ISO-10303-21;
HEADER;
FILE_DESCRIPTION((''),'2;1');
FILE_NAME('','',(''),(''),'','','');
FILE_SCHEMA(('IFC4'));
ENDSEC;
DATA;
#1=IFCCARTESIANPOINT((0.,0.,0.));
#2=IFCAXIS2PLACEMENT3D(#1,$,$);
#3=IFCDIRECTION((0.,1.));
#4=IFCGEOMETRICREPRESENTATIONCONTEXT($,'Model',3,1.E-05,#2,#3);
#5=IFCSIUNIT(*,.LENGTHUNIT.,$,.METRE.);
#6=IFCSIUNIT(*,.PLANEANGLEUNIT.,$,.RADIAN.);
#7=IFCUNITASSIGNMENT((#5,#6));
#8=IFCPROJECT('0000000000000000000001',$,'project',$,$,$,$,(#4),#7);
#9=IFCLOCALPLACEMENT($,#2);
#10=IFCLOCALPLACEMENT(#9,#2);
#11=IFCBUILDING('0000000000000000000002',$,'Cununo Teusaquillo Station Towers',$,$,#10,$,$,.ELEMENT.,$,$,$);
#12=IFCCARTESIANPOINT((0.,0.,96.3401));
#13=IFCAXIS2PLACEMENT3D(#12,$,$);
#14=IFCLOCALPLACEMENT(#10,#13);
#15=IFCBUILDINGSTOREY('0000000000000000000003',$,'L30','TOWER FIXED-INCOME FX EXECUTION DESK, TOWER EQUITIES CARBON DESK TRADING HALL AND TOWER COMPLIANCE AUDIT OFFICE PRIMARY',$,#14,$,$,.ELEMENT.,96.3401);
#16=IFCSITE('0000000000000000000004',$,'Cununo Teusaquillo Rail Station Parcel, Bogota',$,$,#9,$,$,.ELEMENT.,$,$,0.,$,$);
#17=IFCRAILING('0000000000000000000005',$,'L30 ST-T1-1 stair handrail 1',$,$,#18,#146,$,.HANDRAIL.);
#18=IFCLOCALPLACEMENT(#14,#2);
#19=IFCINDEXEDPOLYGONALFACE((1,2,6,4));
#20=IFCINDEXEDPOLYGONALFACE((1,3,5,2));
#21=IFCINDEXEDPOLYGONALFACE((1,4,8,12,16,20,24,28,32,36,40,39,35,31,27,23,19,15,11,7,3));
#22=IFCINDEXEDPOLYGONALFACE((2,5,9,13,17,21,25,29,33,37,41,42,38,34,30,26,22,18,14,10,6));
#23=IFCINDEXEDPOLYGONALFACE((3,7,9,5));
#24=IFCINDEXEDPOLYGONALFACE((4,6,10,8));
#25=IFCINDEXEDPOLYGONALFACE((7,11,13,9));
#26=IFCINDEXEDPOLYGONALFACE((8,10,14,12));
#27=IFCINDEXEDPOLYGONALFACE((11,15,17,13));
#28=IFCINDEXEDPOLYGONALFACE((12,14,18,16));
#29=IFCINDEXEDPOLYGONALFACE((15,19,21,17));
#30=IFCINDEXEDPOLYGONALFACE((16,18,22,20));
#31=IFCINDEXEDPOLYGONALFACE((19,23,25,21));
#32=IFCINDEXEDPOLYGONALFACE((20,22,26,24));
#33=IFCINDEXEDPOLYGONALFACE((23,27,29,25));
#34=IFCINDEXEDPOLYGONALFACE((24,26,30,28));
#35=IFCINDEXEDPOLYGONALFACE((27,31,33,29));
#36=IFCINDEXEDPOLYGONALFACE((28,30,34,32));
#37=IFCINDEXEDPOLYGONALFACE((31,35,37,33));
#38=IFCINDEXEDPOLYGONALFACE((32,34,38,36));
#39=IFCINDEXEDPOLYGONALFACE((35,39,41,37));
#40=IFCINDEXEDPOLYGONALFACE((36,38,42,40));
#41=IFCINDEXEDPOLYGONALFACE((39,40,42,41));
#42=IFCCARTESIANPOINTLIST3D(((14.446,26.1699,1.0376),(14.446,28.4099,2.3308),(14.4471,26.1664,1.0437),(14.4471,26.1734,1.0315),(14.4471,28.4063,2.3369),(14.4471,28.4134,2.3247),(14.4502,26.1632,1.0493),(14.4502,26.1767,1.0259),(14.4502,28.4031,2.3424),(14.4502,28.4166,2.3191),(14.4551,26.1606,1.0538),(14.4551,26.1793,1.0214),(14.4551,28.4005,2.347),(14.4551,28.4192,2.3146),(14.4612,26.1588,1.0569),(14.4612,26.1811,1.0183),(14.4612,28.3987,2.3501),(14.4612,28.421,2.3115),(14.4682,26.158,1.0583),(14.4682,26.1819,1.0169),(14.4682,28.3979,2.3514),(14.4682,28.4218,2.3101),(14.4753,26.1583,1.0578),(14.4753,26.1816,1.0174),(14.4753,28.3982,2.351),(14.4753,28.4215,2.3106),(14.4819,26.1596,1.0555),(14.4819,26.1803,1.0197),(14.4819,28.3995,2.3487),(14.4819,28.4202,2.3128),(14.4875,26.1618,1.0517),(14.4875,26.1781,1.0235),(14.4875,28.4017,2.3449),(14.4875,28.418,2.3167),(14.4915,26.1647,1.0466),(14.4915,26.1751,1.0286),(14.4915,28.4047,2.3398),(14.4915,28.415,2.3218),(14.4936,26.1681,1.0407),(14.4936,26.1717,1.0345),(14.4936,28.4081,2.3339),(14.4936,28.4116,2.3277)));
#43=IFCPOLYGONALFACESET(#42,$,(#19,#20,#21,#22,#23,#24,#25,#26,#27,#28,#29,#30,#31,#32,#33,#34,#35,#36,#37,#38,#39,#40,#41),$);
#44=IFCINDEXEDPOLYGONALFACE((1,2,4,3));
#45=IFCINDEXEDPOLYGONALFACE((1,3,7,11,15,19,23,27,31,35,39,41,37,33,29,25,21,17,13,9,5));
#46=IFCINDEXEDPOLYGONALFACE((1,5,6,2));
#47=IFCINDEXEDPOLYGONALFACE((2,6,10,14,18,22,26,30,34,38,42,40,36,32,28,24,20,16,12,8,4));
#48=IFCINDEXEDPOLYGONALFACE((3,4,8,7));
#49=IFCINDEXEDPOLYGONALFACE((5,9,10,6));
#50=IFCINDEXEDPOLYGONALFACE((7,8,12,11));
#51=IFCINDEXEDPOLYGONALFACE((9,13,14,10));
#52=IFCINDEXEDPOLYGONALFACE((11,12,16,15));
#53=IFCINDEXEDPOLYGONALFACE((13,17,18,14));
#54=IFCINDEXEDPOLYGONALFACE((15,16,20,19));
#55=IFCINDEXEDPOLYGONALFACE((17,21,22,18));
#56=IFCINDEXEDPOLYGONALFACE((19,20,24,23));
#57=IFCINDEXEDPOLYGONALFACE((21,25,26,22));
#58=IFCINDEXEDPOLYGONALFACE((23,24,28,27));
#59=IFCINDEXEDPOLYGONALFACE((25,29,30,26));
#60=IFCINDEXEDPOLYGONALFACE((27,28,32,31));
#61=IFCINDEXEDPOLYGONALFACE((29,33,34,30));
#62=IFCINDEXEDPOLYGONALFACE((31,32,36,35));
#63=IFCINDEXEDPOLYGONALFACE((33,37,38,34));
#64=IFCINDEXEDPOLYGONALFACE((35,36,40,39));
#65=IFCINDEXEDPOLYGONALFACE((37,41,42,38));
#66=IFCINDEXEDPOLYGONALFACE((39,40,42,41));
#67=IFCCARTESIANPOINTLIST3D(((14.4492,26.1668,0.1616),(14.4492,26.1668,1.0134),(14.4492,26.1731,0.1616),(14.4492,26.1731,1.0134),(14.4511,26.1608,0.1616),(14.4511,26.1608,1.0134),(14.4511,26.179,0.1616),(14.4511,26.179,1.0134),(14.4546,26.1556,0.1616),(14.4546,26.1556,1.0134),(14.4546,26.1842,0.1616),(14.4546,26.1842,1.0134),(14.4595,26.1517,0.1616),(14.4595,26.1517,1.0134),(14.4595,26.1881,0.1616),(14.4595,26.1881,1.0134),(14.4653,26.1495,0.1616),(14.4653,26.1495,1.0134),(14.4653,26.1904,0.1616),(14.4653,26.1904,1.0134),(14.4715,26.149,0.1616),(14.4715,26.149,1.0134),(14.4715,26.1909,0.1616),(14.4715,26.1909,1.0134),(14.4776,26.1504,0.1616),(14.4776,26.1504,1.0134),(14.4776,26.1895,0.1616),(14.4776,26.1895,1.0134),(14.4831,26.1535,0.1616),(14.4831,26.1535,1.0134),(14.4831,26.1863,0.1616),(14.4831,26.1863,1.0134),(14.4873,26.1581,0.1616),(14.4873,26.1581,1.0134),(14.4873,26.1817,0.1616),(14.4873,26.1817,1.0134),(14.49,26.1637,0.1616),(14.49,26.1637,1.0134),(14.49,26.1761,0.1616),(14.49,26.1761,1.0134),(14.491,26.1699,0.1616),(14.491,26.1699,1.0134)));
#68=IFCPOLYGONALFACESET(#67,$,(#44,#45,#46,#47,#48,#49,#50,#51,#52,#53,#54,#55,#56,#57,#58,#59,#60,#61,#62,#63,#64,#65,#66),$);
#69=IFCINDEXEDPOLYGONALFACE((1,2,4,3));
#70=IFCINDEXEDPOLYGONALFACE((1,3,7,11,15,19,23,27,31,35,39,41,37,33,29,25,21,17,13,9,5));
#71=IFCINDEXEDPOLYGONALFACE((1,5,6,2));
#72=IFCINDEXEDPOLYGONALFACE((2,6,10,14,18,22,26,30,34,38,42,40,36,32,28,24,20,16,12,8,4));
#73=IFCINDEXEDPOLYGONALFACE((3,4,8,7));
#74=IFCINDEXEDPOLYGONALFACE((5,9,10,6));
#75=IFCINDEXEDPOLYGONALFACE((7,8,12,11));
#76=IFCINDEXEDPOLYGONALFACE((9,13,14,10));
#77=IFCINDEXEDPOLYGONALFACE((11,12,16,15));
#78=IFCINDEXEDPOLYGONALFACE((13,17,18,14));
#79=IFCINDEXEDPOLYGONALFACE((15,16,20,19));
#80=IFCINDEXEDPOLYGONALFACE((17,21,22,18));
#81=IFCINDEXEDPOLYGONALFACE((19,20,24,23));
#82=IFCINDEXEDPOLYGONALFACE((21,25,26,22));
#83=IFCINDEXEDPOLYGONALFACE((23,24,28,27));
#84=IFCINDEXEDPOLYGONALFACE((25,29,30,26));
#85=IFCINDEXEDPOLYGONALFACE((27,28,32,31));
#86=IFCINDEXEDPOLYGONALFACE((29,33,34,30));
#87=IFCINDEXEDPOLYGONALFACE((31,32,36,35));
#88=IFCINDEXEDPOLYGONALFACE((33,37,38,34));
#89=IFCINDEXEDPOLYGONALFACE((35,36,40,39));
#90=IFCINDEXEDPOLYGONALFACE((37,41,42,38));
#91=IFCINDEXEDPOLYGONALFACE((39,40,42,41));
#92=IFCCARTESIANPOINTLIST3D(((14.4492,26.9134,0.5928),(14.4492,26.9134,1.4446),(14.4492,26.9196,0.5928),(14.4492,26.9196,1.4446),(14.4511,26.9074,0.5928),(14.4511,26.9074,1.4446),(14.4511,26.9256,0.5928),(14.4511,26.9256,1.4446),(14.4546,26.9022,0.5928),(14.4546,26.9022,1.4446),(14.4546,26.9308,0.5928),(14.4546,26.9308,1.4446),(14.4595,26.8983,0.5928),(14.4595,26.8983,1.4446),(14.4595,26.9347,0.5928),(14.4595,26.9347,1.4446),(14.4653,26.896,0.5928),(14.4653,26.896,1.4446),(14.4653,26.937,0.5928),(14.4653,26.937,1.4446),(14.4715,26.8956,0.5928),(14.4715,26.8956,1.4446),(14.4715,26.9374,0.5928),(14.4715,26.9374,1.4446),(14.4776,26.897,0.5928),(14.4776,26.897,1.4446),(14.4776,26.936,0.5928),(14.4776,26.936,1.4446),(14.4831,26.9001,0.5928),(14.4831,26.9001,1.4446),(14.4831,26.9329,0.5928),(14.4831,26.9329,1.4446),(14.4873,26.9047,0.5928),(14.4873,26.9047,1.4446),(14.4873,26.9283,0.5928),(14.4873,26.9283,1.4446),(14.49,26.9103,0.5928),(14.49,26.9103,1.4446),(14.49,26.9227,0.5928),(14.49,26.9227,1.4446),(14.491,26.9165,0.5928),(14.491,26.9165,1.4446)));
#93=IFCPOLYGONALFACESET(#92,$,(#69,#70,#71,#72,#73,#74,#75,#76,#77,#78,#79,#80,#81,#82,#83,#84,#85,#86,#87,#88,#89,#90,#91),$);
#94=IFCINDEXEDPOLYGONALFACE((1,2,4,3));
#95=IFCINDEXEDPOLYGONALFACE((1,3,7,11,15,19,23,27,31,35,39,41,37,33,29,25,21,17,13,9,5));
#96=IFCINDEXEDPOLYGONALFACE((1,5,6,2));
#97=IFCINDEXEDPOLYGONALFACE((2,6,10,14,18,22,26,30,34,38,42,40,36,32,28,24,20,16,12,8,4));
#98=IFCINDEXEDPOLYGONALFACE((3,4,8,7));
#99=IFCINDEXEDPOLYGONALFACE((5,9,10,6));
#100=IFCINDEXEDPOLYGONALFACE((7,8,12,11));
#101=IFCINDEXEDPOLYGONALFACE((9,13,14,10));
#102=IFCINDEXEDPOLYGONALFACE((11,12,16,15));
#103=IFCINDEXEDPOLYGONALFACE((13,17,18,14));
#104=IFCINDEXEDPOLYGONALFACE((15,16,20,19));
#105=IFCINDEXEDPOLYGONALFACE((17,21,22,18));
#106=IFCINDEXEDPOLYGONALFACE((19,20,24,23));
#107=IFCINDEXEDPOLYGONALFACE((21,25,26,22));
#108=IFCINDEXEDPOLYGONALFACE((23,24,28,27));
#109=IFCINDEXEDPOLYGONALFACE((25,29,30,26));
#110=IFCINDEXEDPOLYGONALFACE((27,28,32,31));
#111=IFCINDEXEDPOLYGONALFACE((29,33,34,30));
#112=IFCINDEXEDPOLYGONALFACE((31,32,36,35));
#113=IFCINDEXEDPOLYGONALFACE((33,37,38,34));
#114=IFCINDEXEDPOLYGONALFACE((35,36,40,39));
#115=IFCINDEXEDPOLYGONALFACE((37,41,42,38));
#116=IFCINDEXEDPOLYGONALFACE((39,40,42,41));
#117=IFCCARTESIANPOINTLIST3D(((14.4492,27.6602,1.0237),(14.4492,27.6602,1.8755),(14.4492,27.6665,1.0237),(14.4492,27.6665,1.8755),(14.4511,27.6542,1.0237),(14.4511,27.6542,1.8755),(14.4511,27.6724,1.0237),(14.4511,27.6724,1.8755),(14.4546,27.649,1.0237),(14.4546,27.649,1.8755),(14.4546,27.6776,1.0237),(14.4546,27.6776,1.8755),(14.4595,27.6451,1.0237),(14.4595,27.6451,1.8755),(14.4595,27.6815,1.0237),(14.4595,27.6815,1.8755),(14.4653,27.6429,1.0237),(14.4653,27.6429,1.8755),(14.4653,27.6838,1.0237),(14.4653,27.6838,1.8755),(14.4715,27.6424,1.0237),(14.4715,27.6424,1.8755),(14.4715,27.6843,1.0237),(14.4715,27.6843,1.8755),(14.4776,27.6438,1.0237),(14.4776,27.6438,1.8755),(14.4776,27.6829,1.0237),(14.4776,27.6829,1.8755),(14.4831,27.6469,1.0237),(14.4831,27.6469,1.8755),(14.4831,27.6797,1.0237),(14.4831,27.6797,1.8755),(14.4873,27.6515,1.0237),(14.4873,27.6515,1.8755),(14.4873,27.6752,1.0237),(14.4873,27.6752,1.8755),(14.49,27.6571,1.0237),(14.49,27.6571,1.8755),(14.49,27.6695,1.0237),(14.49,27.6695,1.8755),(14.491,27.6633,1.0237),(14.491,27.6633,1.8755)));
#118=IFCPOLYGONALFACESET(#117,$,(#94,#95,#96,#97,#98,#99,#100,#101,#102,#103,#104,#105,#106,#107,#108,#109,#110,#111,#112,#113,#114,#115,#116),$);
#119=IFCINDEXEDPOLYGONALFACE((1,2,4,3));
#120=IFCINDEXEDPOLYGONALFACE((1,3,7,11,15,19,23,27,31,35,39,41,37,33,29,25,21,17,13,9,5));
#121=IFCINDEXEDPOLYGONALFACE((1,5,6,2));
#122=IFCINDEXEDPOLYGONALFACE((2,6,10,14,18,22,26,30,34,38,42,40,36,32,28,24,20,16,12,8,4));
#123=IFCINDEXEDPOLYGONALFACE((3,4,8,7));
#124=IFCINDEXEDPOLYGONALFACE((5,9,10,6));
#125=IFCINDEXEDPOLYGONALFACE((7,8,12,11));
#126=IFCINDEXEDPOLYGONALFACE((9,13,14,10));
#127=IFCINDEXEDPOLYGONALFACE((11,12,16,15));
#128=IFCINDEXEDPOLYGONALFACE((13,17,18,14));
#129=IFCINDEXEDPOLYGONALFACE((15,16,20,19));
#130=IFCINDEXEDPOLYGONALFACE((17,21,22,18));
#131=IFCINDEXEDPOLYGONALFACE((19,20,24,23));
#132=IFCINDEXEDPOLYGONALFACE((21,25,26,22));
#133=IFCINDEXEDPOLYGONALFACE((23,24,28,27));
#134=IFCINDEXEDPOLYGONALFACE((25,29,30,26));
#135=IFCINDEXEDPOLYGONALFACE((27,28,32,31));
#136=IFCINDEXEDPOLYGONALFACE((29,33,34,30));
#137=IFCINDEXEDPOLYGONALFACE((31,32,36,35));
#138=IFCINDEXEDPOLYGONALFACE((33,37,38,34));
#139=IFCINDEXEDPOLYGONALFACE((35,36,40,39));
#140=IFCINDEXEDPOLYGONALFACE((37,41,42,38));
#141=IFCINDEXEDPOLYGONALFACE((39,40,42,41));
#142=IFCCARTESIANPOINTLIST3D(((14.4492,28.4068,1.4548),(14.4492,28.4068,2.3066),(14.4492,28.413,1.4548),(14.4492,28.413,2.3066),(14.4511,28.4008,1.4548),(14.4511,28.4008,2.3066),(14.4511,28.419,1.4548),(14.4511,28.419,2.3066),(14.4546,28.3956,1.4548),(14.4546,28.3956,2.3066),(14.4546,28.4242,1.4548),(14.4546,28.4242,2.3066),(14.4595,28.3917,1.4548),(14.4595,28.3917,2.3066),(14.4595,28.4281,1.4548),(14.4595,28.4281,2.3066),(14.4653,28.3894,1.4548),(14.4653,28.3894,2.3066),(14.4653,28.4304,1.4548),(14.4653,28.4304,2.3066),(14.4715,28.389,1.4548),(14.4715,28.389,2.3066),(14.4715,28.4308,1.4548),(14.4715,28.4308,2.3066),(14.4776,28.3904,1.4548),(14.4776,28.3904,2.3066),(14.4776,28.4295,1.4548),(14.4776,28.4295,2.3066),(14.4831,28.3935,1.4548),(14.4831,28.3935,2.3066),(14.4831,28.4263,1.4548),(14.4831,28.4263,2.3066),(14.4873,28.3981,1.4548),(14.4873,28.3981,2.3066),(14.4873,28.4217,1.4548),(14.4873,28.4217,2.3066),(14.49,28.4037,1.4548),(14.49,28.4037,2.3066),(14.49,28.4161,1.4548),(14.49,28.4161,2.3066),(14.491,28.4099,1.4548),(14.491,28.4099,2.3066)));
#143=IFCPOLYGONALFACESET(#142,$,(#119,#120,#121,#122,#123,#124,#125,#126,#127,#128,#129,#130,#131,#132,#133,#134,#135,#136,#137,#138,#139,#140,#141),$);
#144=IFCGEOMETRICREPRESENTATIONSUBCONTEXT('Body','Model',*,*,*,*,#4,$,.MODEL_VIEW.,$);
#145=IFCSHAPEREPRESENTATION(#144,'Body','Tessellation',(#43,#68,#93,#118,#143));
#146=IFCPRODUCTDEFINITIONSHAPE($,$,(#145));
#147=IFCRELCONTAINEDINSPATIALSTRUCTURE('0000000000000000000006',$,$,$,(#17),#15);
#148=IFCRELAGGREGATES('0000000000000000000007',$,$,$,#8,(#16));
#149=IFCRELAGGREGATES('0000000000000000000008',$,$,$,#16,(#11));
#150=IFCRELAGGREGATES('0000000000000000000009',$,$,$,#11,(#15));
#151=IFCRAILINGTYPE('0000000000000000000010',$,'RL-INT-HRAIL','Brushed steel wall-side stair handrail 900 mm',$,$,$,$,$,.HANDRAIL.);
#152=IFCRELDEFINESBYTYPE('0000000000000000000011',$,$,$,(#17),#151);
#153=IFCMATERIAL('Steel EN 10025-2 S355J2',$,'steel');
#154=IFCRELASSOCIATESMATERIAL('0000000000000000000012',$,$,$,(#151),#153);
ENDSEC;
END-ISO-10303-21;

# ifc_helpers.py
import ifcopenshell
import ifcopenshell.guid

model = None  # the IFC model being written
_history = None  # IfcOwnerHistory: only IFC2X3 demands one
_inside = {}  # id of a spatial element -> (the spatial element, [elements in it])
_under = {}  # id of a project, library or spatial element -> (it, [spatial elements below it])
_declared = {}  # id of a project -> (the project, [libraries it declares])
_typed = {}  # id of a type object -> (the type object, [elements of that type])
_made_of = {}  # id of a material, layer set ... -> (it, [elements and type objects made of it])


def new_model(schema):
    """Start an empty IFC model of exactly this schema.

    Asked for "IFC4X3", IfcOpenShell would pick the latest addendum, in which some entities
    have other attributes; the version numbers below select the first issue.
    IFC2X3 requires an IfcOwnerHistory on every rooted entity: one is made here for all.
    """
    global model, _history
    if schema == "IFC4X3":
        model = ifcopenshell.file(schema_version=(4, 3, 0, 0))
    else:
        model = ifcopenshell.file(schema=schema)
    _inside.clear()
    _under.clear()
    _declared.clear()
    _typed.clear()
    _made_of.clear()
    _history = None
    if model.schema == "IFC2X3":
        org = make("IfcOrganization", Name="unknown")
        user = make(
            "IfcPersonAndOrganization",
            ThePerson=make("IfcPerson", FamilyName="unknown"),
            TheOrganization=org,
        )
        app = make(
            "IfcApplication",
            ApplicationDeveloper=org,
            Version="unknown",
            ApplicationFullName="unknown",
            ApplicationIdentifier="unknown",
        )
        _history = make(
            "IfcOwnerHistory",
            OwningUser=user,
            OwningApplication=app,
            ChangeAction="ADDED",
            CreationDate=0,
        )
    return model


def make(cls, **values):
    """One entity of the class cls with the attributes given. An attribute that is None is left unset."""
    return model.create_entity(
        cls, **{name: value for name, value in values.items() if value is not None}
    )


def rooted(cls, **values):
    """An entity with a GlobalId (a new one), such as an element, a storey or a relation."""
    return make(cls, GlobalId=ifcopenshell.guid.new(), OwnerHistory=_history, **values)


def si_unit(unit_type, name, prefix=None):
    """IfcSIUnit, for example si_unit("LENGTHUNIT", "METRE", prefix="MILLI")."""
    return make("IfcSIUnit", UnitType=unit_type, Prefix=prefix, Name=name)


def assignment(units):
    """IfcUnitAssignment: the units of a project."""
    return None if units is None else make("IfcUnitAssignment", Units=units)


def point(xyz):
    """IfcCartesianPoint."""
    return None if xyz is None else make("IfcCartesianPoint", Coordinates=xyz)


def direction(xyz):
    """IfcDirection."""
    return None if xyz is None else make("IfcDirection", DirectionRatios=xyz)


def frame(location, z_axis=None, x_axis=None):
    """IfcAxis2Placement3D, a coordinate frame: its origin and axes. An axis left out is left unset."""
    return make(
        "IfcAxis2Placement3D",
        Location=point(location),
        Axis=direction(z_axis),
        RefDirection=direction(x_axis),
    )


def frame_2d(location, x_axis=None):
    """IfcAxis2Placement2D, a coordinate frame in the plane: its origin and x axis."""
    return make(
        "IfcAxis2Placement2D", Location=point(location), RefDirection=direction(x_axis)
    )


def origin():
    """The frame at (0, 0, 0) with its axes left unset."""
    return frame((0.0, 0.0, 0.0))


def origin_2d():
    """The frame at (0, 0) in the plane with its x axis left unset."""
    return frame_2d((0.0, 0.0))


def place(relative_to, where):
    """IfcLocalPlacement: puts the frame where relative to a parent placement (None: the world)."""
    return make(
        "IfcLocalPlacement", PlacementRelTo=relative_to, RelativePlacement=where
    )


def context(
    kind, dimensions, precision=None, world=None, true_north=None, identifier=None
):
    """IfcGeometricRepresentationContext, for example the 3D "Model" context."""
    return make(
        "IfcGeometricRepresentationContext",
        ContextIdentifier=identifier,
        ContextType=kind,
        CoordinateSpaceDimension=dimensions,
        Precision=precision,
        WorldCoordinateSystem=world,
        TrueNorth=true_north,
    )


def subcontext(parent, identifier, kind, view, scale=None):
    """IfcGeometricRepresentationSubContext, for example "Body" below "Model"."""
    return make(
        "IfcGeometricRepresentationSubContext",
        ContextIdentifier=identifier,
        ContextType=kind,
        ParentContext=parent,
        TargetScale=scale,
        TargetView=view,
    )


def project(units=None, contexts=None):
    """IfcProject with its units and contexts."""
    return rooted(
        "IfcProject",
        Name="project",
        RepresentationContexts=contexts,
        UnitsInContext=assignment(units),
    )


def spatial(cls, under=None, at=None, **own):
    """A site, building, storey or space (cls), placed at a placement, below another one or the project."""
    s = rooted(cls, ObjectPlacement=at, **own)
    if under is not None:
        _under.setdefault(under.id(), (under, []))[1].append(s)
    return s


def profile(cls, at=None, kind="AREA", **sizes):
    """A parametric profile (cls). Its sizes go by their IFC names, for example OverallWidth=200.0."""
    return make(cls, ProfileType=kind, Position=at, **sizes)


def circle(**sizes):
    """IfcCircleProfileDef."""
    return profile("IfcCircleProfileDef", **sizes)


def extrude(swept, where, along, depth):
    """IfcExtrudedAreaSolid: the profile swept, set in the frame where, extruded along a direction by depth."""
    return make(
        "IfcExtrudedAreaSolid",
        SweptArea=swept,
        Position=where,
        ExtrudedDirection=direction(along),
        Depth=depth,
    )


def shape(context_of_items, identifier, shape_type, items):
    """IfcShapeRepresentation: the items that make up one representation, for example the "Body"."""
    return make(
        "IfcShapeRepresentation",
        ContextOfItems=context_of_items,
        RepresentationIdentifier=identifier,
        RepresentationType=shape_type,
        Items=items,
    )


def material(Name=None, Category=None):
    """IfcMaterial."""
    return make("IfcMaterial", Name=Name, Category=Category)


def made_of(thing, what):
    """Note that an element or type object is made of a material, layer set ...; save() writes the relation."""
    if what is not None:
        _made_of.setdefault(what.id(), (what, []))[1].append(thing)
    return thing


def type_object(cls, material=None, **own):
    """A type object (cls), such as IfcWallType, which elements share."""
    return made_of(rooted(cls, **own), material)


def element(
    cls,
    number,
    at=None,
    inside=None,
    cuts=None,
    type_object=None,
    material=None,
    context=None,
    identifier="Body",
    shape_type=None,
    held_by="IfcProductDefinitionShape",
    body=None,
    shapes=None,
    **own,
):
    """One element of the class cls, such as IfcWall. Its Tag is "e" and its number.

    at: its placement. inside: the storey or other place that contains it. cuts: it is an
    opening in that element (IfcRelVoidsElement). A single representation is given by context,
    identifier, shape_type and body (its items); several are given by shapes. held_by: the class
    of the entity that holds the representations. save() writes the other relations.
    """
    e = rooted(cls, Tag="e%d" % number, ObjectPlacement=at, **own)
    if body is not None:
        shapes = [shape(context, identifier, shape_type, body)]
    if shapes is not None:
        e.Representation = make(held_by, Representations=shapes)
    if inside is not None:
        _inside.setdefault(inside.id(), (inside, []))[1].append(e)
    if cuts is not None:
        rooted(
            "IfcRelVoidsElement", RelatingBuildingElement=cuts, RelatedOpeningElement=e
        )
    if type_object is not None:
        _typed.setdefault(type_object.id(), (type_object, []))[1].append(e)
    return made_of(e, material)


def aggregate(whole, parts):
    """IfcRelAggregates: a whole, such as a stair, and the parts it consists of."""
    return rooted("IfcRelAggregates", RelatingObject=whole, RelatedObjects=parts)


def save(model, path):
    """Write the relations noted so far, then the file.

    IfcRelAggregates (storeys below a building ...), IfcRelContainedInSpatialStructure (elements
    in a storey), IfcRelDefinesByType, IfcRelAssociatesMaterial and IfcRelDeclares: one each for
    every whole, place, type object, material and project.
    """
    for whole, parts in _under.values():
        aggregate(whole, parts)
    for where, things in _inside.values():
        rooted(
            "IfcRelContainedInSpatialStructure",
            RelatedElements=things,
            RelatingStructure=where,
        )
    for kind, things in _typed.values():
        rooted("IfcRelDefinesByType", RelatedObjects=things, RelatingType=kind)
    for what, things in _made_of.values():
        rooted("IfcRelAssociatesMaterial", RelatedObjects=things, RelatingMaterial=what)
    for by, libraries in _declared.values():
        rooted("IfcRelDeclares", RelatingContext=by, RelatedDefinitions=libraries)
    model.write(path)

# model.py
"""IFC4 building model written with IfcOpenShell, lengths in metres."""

from ifc_helpers import new_model, si_unit, direction, frame, origin, origin_2d, place, context, subcontext, project, spatial, circle, extrude, material, type_object, element, save


model = new_model("IFC4")

# Units and contexts
model_context = context("Model", 3, precision=1e-05, world=origin(), true_north=direction((0.0, 1.0)))
body_context = subcontext(model_context, "Body", "Model", "MODEL_VIEW")
ifc_project = project(units=[si_unit("LENGTHUNIT", "METRE"), si_unit("PLANEANGLEUNIT", "RADIAN")], contexts=[model_context])

# Site, building, storey
site_placement = place(None, origin())
site = spatial("IfcSite", under=ifc_project, at=site_placement, Name="Cununo Teusaquillo Rail Station Parcel, Bogota", CompositionType="ELEMENT", RefElevation=0.0)
building_placement = place(site_placement, origin())
building = spatial("IfcBuilding", under=site, at=building_placement, Name="Cununo Teusaquillo Station Towers", CompositionType="ELEMENT")
storey_placement = place(building_placement, frame((0.0, 0.0, 96.3401)))
storey = spatial("IfcBuildingStorey", under=building, at=storey_placement, Name="L30", Description="TOWER FIXED-INCOME FX EXECUTION DESK, TOWER EQUITIES CARBON DESK TRADING HALL AND TOWER COMPLIANCE AUDIT OFFICE PRIMARY", CompositionType="ELEMENT", Elevation=96.3401)

# Railing
ifc_material_1 = material(Name="Steel EN 10025-2 S355J2", Category="steel")
railing_type_1 = type_object("IfcRailingType", Name="RL-INT-HRAIL", Description="Brushed steel wall-side stair handrail 900 mm", PredefinedType="HANDRAIL", material=ifc_material_1)
railing_1_placement = place(storey_placement, frame((14.47, 26.1699, 0.1616)))
element("IfcRailing", 1, at=railing_1_placement, inside=storey, type_object=railing_type_1, Name="L30 ST-T1-1 stair handrail 1", PredefinedType="HANDRAIL", context=body_context, shape_type="SweptSolid", body=[
    extrude(circle(Radius=0.0239, at=origin_2d()), frame((0.0, 0.0, 0.876), z_axis=(0.0, 0.866033, 0.499987), x_axis=(-1.0, 0.0, 0.0)), (0.0, 0.0, 1.0), 2.5864),
    extrude(circle(Radius=0.021, at=origin_2d()), origin(), (0.0, 0.0, 1.0), 0.8518),
    extrude(circle(Radius=0.021, at=origin_2d()), frame((0.0, 0.7466, 0.4312)), (0.0, 0.0, 1.0), 0.8518),
    extrude(circle(Radius=0.021, at=origin_2d()), frame((0.0, 1.4934, 0.8621)), (0.0, 0.0, 1.0), 0.8518),
    extrude(circle(Radius=0.021, at=origin_2d()), frame((0.0, 2.24, 1.2932)), (0.0, 0.0, 1.0), 0.8518),
])

save(model, "model.ifc")
